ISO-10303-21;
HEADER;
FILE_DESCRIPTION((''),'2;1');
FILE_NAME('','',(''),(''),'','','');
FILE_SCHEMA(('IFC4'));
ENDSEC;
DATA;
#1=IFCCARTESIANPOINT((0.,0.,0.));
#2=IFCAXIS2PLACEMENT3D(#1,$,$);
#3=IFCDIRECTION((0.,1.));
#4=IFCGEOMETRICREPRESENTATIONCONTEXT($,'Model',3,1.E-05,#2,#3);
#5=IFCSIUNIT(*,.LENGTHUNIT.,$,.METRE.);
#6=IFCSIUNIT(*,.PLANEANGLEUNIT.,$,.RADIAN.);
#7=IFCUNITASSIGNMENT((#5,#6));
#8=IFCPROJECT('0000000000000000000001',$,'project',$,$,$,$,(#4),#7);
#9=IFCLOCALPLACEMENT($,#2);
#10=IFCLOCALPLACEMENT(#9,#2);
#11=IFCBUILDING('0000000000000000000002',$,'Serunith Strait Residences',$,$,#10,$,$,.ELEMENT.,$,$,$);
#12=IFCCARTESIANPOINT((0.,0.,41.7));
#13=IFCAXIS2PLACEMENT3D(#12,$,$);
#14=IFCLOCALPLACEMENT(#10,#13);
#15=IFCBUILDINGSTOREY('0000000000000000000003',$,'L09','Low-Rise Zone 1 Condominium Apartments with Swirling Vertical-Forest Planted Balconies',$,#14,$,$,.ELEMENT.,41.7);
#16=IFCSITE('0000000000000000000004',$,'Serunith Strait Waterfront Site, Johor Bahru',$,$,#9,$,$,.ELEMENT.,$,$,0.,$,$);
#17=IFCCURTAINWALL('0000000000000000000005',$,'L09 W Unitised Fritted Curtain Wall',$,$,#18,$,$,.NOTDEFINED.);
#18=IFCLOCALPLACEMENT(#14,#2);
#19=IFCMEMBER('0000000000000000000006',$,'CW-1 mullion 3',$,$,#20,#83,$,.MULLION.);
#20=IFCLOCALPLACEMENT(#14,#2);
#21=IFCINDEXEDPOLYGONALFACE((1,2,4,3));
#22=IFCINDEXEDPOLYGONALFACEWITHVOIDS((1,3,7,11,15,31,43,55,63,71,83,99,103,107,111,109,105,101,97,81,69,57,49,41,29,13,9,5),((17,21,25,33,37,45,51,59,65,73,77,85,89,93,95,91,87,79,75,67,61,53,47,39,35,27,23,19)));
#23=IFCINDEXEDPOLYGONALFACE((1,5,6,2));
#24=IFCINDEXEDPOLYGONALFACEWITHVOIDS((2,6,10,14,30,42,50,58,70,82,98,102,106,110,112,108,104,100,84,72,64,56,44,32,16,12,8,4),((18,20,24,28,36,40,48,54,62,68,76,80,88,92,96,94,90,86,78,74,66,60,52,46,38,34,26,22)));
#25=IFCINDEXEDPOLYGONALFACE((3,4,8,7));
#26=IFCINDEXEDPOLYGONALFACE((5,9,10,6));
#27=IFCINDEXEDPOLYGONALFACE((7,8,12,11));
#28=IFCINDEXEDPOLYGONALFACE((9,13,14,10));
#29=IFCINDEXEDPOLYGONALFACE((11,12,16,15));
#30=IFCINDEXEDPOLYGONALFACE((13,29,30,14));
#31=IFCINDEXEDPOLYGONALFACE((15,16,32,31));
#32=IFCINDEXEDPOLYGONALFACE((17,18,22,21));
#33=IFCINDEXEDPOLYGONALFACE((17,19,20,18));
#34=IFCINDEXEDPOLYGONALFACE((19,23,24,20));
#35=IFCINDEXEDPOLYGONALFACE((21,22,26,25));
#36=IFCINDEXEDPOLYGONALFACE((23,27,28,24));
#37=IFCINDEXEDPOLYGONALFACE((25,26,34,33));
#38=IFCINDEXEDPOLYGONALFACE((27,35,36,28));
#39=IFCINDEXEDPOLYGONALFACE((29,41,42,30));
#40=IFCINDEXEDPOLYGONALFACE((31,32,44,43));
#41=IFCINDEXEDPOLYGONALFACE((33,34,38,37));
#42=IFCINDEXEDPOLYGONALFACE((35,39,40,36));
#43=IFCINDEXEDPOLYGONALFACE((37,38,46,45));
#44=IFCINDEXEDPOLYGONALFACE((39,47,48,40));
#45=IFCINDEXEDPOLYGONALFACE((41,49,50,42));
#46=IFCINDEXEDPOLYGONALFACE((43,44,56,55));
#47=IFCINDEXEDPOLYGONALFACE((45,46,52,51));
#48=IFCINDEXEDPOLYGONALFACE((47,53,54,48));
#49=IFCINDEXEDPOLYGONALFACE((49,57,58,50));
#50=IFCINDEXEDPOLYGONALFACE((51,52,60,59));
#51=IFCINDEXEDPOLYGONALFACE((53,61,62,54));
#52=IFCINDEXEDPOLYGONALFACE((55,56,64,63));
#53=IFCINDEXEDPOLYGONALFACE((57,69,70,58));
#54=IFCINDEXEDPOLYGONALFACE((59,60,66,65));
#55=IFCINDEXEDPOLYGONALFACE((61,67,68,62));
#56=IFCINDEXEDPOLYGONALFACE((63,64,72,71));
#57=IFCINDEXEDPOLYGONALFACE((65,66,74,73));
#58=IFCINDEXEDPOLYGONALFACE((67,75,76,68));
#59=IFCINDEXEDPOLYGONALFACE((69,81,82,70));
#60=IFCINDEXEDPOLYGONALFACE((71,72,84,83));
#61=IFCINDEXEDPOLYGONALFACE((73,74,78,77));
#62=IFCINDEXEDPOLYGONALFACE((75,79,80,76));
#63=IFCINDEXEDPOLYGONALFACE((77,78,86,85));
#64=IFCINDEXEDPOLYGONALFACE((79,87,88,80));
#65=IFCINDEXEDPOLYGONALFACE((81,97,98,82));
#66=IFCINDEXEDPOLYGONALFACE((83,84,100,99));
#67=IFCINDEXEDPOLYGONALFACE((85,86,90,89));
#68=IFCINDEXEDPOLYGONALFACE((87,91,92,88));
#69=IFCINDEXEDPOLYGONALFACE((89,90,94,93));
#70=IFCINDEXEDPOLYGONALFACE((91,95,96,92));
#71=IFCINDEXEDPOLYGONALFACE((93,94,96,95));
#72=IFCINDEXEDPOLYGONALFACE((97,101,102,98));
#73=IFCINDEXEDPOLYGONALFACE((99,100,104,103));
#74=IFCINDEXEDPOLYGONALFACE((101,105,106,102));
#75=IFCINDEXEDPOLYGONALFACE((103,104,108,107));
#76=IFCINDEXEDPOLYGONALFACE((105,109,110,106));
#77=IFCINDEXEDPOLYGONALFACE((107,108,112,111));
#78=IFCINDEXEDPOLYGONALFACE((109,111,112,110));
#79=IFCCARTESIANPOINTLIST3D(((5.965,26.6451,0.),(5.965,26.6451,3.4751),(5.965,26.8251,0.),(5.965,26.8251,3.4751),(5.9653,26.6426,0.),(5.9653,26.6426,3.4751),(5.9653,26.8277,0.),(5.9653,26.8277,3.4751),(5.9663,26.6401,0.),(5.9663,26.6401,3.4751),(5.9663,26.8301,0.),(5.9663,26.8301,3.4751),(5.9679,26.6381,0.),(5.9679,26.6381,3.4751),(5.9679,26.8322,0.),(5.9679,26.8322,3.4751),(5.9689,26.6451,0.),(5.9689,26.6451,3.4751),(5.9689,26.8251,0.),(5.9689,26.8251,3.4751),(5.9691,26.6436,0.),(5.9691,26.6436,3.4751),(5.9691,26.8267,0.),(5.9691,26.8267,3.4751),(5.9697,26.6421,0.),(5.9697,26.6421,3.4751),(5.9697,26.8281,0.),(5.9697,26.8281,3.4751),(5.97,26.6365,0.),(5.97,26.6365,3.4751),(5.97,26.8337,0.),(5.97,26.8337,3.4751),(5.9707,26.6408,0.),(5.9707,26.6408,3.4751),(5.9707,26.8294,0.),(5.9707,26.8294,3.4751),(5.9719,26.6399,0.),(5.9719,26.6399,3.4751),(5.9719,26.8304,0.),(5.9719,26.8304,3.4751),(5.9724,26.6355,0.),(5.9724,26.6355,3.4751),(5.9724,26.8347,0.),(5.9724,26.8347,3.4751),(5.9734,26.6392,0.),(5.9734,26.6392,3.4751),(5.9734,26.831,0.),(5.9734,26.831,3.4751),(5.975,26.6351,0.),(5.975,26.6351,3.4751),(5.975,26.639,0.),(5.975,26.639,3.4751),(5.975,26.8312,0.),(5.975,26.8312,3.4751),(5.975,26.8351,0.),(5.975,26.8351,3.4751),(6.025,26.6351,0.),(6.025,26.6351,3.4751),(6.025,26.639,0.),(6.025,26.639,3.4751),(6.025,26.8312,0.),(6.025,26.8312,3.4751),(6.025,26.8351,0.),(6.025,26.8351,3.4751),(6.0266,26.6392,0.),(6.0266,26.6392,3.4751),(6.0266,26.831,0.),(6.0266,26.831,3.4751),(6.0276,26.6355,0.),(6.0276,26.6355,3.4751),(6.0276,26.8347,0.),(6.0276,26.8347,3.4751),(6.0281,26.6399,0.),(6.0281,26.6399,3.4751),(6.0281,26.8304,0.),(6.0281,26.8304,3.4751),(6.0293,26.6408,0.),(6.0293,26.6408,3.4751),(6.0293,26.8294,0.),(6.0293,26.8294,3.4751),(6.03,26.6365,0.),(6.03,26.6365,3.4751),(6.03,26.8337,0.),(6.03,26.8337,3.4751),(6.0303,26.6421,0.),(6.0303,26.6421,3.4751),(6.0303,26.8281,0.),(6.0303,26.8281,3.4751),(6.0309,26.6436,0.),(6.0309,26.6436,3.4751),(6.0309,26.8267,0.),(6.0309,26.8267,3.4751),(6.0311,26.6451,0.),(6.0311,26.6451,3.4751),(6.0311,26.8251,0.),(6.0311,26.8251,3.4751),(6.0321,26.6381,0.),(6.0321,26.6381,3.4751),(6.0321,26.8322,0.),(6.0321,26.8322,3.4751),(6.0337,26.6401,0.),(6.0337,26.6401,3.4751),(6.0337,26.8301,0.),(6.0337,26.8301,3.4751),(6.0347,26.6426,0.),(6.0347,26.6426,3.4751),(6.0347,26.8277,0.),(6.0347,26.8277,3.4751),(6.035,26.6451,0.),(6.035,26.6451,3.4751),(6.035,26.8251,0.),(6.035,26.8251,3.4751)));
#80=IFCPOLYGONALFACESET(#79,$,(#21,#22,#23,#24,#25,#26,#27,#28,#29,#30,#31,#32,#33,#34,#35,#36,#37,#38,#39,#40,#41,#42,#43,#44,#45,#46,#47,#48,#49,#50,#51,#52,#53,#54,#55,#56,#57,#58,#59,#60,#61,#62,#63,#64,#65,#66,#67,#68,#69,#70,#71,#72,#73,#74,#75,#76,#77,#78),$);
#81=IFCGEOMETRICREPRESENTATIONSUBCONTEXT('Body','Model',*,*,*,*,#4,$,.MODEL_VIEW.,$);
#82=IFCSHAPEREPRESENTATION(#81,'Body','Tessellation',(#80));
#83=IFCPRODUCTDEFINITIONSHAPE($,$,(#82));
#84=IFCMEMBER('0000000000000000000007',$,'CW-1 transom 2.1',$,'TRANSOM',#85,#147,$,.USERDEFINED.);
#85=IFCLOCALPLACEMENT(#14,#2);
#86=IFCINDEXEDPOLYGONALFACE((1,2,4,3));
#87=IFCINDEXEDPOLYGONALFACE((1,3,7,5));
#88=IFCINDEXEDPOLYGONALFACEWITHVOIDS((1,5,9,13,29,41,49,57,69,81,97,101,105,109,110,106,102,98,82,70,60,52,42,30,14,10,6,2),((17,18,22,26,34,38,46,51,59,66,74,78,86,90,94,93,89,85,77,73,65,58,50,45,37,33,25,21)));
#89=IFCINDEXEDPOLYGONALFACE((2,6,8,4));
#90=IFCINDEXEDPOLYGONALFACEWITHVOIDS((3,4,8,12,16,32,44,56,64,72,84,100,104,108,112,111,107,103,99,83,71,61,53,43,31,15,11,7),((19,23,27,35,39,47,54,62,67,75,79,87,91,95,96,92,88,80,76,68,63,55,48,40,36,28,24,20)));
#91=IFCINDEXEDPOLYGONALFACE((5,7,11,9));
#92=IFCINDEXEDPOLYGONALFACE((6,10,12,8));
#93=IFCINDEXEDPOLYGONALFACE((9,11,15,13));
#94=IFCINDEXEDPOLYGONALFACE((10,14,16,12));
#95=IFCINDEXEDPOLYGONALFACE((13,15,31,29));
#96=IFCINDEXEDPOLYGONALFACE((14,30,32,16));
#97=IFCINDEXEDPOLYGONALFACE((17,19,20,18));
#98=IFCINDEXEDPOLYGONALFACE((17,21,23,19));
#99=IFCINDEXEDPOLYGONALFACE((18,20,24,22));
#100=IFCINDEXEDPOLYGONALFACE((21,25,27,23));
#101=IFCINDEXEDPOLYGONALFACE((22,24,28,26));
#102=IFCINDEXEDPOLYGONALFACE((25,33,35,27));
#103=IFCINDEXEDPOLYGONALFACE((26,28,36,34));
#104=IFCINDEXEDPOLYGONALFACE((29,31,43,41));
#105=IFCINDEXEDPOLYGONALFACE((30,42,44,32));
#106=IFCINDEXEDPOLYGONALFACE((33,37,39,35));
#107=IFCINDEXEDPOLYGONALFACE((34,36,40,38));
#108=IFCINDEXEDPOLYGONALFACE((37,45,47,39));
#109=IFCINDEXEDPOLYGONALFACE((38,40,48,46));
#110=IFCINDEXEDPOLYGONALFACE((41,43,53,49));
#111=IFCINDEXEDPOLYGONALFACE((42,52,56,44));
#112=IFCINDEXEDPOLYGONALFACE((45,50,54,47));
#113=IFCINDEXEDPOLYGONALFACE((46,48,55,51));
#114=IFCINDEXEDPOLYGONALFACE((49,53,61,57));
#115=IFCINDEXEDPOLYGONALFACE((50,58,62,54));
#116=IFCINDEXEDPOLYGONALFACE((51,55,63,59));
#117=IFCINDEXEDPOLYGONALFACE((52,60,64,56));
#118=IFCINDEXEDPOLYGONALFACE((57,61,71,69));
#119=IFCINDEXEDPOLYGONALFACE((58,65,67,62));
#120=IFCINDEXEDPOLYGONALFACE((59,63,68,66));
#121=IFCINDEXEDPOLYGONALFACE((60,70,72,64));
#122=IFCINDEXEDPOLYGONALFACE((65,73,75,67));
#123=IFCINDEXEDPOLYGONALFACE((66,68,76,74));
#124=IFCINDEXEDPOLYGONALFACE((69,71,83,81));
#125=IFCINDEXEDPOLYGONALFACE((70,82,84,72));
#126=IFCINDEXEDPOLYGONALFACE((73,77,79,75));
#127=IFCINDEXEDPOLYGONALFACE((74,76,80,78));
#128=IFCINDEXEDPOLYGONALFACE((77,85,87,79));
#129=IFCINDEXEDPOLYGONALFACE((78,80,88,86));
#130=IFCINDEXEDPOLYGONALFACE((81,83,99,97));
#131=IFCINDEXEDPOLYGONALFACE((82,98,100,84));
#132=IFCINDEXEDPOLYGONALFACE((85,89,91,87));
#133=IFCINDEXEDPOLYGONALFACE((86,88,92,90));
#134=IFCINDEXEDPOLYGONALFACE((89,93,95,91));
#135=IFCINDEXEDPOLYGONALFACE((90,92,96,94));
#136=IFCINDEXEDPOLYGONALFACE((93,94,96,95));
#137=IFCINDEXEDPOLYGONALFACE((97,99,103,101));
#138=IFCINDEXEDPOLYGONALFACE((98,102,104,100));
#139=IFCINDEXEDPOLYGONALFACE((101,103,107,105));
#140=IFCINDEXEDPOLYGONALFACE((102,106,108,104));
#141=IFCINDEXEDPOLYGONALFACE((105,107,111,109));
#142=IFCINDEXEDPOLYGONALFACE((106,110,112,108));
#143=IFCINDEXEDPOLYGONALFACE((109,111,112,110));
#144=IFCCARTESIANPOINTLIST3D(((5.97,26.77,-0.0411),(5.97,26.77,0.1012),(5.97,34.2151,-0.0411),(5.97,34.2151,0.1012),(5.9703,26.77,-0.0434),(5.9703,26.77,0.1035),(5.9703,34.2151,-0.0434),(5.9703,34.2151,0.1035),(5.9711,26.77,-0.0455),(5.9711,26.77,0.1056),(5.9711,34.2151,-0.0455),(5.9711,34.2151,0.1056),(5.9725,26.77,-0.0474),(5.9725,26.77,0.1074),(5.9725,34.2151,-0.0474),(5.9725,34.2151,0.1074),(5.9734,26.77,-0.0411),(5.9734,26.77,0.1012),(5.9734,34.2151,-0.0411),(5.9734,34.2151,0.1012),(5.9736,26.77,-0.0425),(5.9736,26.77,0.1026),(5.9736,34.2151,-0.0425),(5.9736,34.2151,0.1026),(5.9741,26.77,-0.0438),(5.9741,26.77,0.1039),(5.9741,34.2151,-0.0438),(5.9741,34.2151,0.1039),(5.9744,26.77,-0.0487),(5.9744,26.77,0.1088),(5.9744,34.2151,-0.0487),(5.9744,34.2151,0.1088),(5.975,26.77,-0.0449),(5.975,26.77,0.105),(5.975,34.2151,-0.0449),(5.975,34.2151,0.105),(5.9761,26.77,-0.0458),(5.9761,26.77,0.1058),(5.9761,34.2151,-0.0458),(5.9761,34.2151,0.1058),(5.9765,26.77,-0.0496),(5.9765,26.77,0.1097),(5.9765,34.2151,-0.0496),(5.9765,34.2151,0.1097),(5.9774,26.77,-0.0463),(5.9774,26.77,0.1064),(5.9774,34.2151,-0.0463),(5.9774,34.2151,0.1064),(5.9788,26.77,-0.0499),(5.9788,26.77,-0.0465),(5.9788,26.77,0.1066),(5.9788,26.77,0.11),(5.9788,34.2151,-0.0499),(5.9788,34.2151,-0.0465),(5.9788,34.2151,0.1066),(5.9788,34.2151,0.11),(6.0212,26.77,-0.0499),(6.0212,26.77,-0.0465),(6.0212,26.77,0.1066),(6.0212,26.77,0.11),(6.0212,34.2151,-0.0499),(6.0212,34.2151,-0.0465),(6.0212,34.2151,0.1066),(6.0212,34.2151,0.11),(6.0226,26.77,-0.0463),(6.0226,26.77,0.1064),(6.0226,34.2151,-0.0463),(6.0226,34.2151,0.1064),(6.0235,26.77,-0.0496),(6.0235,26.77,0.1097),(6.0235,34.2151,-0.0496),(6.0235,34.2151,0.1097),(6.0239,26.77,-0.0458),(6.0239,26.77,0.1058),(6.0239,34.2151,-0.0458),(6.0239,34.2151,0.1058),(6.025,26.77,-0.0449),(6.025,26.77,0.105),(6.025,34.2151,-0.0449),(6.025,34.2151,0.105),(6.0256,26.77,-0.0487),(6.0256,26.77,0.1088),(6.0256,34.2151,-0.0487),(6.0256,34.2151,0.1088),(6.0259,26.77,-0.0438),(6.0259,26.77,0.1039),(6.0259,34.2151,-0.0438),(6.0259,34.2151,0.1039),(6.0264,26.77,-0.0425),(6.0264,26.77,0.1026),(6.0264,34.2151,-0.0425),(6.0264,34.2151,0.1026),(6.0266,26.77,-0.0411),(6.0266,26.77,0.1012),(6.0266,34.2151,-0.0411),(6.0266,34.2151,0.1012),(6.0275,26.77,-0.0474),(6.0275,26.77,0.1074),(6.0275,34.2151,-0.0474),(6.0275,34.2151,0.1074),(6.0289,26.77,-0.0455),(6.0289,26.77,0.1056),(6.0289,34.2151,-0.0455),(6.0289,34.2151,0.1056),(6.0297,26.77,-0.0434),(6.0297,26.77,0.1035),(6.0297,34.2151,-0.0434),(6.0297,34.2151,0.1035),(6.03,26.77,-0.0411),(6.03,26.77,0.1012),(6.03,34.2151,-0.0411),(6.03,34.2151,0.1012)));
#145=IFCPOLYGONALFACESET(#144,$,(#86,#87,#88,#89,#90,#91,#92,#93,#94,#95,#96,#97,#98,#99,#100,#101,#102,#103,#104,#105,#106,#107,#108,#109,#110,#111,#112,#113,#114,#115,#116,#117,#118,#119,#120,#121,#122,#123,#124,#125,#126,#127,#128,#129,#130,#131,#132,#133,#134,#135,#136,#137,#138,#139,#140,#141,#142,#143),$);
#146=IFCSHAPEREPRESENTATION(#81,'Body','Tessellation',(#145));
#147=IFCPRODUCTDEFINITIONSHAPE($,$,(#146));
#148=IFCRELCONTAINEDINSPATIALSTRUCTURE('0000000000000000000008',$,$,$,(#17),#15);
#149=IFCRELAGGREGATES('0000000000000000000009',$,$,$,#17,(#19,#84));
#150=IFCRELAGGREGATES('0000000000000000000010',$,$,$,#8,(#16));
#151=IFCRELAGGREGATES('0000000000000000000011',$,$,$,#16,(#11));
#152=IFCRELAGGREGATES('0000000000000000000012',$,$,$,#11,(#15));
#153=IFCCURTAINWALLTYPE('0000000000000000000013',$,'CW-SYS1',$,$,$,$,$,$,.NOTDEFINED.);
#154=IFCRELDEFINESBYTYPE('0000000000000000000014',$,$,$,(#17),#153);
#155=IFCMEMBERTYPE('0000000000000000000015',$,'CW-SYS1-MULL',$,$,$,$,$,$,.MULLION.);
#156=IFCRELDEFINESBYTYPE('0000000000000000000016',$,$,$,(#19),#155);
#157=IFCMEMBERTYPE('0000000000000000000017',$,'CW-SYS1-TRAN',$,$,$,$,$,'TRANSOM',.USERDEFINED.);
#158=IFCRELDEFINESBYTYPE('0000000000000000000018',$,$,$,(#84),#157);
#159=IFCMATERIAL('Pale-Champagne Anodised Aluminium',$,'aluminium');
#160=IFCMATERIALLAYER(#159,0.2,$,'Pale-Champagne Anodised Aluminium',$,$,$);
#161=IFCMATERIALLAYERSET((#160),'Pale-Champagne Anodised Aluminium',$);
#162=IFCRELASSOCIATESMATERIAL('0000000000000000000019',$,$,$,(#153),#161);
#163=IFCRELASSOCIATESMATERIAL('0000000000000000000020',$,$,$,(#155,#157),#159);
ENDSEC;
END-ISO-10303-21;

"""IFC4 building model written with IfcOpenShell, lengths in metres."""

from ifc_helpers import new_model, si_unit, direction, frame, origin, origin_2d, place, context, subcontext, project, spatial, hollow_rectangle, extrude, source, transform, mapped, material, layer, layer_set, material_profile, profile_set, type_object, element, aggregate, save


model = new_model("IFC4")

# Units and contexts
model_context = context("Model", 3, precision=1e-05, world=origin(), true_north=direction((0.0, 1.0)))
body_context = subcontext(model_context, "Body", "Model", "MODEL_VIEW")
ifc_project = project(units=[si_unit("LENGTHUNIT", "METRE"), si_unit("PLANEANGLEUNIT", "RADIAN")], contexts=[model_context])

# Site, building, storey
site_placement = place(None, origin())
site = spatial("IfcSite", under=ifc_project, at=site_placement, Name="Serunith Strait Waterfront Site, Johor Bahru", CompositionType="ELEMENT", RefElevation=0.0)
building_placement = place(site_placement, origin())
building = spatial("IfcBuilding", under=site, at=building_placement, Name="Serunith Strait Residences", CompositionType="ELEMENT")
storey_placement = place(building_placement, frame((0.0, 0.0, 41.7)))
storey = spatial("IfcBuildingStorey", under=building, at=storey_placement, Name="L09", Description="Low-Rise Zone 1 Condominium Apartments with Swirling Vertical-Forest Planted Balconies", CompositionType="ELEMENT", Elevation=41.7)

# Curtain wall, members
ifc_material_1 = material(Name="Pale-Champagne Anodised Aluminium", Category="aluminium")
ifc_layer_1 = layer(ifc_material_1, 0.2, Name="Pale-Champagne Anodised Aluminium")
ifc_layer_set_1 = layer_set([ifc_layer_1], Name="Pale-Champagne Anodised Aluminium")
curtain_wall_type = type_object("IfcCurtainWallType", Name="CW-SYS1", PredefinedType="NOTDEFINED", material=ifc_layer_set_1)
curtain_wall_placement = place(storey_placement, origin())
curtain_wall = element("IfcCurtainWall", 1, at=curtain_wall_placement, inside=storey, type_object=curtain_wall_type, Name="L09 W Unitised Fritted Curtain Wall", PredefinedType="NOTDEFINED")
ifc_material_profile_1 = material_profile(ifc_material_1, hollow_rectangle(XDim=0.0701, YDim=0.2, WallThickness=0.0039, InnerFilletRadius=0.0061, OuterFilletRadius=0.01, at=origin_2d()), Name="ALU 200x70x4")
ifc_profile_set_1 = profile_set([ifc_material_profile_1], Name="Pale-Champagne Anodised Aluminium")
member_type_1 = type_object("IfcMemberType", Name="CW-SYS1-MULL", PredefinedType="MULLION", material=ifc_profile_set_1)
shared_shape_1 = source(origin(), body_context, "Body", "SweptSolid", [
    extrude(hollow_rectangle(XDim=0.0701, YDim=0.2, WallThickness=0.0039, InnerFilletRadius=0.0061, OuterFilletRadius=0.01, at=origin_2d()), origin(), (0.0, 0.0, 1.0), 3.4751),
])
member_1_placement = place(storey_placement, frame((6.0, 26.7351, 0.0), z_axis=(0.0, 0.0, 1.0), x_axis=(1.0, 0.0, 0.0)))
member_1 = element("IfcMember", 2, at=member_1_placement, type_object=member_type_1, Name="CW-1 mullion 3", PredefinedType="MULLION", context=body_context, shape_type="MappedRepresentation", body=[
    mapped(shared_shape_1, transform((0.0, 0.0, 0.0), scale=1.0)),
])
ifc_material_profile_2 = material_profile(ifc_material_1, hollow_rectangle(XDim=0.0601, YDim=0.1599, WallThickness=0.0034, InnerFilletRadius=0.0054, OuterFilletRadius=0.0088, at=origin_2d()), Name="ALU 160x60x3.5")
ifc_profile_set_2 = profile_set([ifc_material_profile_2], Name="Pale-Champagne Anodised Aluminium")
member_type_2 = type_object("IfcMemberType", Name="CW-SYS1-TRAN", ElementType="TRANSOM", PredefinedType="USERDEFINED", material=ifc_profile_set_2)
shared_shape_2 = source(origin(), body_context, "Body", "SweptSolid", [
    extrude(hollow_rectangle(XDim=0.0601, YDim=0.1599, WallThickness=0.0034, InnerFilletRadius=0.0054, OuterFilletRadius=0.0088, at=origin_2d()), origin(), (0.0, 0.0, 1.0), 7.4451),
])
member_2_placement = place(storey_placement, frame((6.0, 34.2151, 0.03), z_axis=(0.0, -1.0, 0.0), x_axis=(1.0, 0.0, 0.0)))
member_2 = element("IfcMember", 3, at=member_2_placement, type_object=member_type_2, Name="CW-1 transom 2.1", ObjectType="TRANSOM", PredefinedType="USERDEFINED", context=body_context, shape_type="MappedRepresentation", body=[
    mapped(shared_shape_2, transform((0.0, 0.0, 0.0), scale=1.0)),
])
aggregate(curtain_wall, [member_1, member_2])

save(model, "model.ifc")
